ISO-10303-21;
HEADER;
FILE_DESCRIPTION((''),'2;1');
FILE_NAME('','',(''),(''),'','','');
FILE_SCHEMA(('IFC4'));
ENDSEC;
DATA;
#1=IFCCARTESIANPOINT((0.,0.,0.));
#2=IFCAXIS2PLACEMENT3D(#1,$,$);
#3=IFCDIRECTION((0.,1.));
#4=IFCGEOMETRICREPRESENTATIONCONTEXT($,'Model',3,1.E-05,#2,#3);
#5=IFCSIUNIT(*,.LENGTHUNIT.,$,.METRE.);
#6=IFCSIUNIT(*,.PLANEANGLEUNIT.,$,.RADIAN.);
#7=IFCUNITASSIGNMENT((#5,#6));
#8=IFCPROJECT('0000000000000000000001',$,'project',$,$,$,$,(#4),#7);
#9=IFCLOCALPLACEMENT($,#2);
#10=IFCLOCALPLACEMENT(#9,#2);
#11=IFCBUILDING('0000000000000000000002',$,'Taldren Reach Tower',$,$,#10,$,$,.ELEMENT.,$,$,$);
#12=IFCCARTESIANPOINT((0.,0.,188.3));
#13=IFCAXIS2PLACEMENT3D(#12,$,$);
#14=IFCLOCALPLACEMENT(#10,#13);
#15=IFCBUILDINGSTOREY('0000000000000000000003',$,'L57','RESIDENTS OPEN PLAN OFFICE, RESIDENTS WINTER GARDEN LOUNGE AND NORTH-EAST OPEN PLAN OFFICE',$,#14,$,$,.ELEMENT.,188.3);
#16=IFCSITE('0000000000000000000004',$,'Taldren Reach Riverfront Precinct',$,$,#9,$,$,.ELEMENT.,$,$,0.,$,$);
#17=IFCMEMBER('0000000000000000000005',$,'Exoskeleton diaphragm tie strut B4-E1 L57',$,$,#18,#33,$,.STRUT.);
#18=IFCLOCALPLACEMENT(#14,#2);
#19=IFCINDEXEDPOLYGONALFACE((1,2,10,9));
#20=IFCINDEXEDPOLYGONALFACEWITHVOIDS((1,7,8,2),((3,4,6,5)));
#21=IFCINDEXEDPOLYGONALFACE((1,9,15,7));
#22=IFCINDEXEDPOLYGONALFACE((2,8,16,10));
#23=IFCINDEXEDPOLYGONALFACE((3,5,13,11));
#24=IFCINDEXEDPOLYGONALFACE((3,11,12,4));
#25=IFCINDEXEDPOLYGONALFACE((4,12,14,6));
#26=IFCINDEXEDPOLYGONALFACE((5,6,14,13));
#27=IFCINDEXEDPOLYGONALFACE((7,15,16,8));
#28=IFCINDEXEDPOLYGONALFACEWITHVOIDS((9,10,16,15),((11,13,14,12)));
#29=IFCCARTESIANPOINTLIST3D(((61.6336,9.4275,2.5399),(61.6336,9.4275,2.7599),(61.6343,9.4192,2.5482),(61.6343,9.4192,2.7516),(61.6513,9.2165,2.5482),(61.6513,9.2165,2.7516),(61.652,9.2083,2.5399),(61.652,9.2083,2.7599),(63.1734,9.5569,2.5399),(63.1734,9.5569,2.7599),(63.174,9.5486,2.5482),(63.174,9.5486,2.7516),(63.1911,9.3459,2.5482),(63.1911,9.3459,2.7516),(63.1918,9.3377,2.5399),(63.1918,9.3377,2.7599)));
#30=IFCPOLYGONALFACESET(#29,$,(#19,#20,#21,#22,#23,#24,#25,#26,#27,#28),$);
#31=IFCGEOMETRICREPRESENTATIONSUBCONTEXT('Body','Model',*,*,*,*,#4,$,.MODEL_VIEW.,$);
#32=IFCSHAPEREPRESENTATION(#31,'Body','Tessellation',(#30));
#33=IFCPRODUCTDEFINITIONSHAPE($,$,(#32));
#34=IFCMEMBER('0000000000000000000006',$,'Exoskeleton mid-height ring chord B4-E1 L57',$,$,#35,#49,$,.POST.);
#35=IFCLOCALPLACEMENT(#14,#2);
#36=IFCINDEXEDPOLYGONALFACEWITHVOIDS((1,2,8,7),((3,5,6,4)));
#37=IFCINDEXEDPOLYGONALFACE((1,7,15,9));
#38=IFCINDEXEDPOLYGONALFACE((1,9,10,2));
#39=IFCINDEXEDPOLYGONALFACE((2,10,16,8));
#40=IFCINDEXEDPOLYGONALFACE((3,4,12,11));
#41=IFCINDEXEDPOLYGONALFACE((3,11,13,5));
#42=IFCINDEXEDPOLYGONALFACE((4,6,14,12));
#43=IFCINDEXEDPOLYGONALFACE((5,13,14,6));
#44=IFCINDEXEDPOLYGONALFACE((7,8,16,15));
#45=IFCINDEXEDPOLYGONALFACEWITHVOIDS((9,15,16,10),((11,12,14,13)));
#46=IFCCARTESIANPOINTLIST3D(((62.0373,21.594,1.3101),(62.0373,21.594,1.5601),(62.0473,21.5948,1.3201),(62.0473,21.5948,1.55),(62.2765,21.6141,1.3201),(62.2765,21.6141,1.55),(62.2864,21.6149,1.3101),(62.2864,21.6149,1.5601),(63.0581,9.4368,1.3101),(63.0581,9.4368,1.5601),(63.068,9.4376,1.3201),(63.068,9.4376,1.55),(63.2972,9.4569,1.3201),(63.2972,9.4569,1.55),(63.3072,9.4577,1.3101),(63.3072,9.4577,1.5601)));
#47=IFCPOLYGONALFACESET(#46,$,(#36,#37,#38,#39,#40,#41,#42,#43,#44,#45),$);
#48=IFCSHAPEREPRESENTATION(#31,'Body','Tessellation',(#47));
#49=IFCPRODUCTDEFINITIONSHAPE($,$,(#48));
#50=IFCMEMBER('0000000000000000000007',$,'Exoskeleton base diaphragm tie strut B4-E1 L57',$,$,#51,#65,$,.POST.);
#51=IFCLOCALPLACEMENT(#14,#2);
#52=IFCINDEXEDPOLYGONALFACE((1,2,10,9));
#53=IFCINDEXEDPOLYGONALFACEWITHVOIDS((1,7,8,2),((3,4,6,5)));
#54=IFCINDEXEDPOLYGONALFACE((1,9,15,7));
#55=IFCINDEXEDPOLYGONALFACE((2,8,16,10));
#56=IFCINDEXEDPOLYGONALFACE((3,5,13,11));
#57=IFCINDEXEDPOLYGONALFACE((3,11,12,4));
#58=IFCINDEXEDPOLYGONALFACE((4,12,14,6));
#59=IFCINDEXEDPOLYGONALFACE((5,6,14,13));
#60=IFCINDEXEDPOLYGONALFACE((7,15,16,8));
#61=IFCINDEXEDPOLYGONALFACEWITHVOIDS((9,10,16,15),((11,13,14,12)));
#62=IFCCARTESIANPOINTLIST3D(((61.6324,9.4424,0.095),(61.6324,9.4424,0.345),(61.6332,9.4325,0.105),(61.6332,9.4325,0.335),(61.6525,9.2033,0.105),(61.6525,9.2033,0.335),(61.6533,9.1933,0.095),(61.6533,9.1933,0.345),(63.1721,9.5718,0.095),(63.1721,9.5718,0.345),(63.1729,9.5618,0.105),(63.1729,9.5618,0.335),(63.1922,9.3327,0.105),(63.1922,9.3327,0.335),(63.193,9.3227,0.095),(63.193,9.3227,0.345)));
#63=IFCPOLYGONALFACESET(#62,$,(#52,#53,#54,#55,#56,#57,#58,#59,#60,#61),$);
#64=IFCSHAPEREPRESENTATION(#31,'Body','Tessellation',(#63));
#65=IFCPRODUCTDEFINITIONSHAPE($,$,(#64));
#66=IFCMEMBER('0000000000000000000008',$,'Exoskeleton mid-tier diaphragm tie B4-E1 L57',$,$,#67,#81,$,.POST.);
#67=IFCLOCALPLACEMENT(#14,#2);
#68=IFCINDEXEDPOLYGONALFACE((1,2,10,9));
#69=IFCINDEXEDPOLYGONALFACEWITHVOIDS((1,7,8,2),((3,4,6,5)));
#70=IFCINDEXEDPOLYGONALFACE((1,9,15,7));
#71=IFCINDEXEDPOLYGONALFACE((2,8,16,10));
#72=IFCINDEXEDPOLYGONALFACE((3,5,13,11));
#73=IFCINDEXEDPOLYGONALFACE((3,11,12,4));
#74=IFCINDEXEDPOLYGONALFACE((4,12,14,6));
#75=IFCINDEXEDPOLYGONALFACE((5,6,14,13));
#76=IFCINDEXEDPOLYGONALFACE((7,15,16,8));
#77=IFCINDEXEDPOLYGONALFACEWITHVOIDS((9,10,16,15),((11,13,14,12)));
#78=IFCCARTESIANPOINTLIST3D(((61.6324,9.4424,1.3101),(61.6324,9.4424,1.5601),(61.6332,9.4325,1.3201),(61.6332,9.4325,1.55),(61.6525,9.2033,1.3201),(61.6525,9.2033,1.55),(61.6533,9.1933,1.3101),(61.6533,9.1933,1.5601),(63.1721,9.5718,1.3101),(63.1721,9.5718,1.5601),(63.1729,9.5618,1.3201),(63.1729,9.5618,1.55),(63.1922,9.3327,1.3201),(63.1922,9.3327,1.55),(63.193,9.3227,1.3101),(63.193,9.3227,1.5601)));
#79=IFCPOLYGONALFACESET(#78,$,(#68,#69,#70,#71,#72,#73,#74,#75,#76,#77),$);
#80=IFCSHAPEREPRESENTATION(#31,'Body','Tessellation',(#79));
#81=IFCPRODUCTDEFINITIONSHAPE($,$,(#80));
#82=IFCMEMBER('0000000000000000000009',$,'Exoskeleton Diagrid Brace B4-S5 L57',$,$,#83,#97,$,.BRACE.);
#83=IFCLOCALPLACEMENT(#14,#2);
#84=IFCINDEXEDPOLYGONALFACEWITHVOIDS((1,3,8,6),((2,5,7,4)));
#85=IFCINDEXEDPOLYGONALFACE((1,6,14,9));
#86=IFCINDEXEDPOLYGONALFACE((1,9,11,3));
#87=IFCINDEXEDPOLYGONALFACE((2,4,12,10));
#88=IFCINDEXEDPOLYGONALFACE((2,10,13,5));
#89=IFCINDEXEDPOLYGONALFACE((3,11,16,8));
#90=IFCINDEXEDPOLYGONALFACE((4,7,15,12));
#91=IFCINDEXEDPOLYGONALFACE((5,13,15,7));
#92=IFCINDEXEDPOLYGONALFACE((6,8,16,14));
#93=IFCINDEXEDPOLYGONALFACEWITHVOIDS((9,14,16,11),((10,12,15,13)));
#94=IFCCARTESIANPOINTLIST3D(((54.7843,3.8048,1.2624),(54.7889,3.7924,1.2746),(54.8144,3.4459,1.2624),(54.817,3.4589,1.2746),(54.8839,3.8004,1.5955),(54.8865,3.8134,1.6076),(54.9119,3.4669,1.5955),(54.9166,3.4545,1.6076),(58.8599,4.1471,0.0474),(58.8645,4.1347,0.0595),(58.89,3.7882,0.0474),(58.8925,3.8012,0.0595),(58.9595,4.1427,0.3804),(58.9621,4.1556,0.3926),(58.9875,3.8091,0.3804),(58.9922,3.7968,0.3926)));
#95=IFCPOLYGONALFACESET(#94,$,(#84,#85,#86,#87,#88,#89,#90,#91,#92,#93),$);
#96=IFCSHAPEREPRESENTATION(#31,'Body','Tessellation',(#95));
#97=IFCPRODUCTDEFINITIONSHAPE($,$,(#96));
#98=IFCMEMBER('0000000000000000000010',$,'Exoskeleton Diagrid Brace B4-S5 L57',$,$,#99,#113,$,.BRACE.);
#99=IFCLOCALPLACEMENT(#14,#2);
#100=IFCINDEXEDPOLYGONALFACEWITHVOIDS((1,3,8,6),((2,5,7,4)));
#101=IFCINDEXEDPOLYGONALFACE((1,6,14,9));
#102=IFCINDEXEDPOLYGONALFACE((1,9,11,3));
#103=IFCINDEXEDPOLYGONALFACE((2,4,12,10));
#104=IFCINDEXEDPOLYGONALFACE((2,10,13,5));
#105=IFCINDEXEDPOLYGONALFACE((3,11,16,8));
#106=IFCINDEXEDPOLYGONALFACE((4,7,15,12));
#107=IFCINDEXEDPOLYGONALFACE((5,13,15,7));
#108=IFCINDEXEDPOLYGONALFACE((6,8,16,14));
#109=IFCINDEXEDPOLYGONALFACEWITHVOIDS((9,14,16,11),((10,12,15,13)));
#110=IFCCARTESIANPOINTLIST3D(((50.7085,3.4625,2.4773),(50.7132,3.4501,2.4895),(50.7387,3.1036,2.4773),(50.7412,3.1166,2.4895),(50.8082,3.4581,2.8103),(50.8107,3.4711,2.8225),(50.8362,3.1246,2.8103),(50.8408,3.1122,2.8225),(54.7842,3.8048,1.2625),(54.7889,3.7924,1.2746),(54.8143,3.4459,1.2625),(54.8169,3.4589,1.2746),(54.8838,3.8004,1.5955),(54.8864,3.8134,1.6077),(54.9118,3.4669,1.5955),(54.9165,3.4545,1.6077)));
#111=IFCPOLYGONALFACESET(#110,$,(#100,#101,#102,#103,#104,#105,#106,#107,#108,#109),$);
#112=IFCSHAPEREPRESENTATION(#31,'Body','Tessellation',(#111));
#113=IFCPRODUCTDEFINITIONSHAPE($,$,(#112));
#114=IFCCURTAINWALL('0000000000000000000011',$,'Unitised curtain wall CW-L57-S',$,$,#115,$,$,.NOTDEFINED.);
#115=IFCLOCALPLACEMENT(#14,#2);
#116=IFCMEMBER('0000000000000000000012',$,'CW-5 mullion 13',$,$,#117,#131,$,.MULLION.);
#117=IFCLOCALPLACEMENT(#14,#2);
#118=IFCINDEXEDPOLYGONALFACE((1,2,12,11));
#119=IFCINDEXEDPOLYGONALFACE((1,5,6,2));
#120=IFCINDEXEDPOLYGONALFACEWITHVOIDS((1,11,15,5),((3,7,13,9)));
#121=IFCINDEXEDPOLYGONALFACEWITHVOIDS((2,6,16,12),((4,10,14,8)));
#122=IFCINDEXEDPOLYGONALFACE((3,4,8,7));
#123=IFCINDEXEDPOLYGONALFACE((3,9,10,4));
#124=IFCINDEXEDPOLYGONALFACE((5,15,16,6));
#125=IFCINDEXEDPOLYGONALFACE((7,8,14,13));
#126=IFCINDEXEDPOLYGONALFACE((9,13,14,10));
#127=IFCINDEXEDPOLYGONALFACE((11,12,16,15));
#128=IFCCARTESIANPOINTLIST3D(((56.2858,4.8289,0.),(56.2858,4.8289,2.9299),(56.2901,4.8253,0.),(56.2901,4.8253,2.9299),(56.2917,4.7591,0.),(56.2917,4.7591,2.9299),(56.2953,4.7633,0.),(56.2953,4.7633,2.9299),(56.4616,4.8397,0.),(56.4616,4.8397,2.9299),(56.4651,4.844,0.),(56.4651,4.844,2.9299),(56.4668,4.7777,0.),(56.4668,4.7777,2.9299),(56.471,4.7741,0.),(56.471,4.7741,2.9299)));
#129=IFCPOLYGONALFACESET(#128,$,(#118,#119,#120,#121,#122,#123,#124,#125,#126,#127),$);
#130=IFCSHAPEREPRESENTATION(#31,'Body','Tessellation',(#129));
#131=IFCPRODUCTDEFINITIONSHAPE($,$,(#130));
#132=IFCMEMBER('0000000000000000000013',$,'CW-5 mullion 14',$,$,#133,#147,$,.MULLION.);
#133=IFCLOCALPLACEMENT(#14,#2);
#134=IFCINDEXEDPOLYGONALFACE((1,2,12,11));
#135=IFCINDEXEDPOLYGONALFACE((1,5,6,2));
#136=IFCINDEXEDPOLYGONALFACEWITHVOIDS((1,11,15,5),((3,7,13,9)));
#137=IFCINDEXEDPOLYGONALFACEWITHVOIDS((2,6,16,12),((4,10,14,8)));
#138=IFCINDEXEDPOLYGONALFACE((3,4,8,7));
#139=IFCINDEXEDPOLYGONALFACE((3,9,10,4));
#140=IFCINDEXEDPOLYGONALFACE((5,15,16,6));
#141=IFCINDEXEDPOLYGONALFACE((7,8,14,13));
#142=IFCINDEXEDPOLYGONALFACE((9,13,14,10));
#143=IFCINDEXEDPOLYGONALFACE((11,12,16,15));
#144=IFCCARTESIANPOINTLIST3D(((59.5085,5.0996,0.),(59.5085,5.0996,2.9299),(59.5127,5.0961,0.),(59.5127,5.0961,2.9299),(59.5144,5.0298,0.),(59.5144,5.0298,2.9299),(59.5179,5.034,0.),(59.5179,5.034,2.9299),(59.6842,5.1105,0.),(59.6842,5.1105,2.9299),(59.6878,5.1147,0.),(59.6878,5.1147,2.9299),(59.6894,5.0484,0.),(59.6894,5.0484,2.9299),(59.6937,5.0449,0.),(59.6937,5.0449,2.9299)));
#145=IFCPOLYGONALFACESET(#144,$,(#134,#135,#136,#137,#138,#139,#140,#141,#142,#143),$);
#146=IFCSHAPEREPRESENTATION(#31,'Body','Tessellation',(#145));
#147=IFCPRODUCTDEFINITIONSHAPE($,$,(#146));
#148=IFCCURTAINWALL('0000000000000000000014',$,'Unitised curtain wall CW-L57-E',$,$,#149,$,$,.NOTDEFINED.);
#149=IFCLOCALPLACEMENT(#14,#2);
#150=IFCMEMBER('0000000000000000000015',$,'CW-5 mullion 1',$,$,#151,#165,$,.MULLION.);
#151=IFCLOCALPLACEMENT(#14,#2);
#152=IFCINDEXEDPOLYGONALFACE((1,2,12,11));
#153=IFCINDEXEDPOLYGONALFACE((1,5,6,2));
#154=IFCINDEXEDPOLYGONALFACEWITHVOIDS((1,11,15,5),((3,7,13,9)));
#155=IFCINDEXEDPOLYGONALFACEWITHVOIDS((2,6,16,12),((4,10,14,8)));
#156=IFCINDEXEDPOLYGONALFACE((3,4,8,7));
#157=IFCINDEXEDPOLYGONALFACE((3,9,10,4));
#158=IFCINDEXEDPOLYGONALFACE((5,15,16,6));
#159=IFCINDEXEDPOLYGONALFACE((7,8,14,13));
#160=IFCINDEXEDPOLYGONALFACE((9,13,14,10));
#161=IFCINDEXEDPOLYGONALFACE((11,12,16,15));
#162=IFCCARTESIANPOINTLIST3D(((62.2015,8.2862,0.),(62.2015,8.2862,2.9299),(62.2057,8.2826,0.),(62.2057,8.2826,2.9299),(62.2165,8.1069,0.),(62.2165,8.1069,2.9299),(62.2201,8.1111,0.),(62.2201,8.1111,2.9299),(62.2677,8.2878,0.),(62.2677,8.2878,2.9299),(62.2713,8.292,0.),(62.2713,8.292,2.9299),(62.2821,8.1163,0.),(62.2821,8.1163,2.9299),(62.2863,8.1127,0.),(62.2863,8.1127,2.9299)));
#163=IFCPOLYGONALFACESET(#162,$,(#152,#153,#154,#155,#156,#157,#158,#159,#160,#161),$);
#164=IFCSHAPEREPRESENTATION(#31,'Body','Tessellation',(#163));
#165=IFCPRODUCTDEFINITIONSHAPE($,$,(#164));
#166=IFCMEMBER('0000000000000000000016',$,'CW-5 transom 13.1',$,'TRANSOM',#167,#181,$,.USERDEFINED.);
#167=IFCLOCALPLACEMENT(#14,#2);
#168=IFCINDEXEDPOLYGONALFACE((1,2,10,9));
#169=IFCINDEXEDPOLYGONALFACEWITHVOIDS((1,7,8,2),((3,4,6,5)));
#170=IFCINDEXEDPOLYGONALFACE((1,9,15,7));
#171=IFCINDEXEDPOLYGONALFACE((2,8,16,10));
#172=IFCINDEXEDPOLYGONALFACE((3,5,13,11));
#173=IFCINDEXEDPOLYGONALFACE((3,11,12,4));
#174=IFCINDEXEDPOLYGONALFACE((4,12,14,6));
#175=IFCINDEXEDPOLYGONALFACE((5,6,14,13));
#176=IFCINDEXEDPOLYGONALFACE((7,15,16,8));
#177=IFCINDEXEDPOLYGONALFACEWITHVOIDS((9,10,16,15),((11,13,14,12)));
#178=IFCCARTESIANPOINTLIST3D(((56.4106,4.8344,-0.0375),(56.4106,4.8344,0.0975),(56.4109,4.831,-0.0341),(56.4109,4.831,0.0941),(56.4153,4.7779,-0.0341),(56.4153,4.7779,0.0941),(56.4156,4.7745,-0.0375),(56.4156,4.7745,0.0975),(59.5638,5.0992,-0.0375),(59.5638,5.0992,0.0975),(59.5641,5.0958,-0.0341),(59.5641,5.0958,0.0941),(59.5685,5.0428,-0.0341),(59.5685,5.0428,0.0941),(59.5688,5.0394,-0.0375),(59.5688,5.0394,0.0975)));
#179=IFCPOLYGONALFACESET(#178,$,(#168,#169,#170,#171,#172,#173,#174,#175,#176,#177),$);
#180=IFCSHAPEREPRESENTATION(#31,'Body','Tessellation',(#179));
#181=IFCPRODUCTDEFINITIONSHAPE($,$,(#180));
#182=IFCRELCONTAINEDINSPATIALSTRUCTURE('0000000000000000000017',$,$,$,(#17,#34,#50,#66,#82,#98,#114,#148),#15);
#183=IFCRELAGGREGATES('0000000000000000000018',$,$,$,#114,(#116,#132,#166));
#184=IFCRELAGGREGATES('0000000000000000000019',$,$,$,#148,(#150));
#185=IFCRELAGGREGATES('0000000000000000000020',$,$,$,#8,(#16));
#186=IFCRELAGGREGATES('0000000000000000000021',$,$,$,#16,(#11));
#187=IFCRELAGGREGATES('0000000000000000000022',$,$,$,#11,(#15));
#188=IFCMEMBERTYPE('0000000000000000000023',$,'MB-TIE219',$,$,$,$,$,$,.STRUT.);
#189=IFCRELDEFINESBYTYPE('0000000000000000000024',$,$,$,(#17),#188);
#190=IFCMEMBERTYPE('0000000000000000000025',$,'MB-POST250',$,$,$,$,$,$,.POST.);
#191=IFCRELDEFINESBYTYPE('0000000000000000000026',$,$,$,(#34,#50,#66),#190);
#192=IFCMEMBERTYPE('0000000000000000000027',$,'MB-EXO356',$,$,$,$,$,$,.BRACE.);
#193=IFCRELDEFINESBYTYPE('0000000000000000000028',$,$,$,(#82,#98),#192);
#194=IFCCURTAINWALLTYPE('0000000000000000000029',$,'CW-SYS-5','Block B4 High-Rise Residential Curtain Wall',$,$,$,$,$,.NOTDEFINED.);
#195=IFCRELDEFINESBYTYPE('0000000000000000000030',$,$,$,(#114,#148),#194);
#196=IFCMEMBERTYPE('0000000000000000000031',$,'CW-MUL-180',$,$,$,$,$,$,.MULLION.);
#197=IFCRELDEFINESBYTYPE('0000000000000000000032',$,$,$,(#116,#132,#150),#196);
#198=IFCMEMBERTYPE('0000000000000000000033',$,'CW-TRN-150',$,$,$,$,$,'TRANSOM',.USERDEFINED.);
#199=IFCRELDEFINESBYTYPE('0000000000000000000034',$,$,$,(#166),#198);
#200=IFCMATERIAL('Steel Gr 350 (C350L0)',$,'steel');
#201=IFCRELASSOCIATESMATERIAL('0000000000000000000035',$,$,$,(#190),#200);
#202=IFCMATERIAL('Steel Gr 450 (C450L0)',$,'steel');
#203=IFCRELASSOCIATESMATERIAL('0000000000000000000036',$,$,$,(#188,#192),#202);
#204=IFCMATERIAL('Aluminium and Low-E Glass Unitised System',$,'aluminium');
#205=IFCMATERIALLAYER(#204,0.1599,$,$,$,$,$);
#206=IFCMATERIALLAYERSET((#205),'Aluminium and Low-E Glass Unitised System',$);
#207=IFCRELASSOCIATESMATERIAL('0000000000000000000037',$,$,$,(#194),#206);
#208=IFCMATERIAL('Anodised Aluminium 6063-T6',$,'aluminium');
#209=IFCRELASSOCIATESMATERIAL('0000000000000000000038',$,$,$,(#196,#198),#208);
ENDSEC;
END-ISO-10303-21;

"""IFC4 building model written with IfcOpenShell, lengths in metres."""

from ifc_helpers import new_model, si_unit, direction, frame, origin, origin_2d, place, context, subcontext, project, spatial, hollow_rectangle, extrude, source, transform, mapped, material, layer, layer_set, material_profile, profile_set, type_object, element, aggregate, save


model = new_model("IFC4")

# Units and contexts
model_context = context("Model", 3, precision=1e-05, world=origin(), true_north=direction((0.0, 1.0)))
body_context = subcontext(model_context, "Body", "Model", "MODEL_VIEW")
ifc_project = project(units=[si_unit("LENGTHUNIT", "METRE"), si_unit("PLANEANGLEUNIT", "RADIAN")], contexts=[model_context])

# Site, building, storey
site_placement = place(None, origin())
site = spatial("IfcSite", under=ifc_project, at=site_placement, Name="Taldren Reach Riverfront Precinct", CompositionType="ELEMENT", RefElevation=0.0)
building_placement = place(site_placement, origin())
building = spatial("IfcBuilding", under=site, at=building_placement, Name="Taldren Reach Tower", CompositionType="ELEMENT")
storey_placement = place(building_placement, frame((0.0, 0.0, 188.3)))
storey = spatial("IfcBuildingStorey", under=building, at=storey_placement, Name="L57", Description="RESIDENTS OPEN PLAN OFFICE, RESIDENTS WINTER GARDEN LOUNGE AND NORTH-EAST OPEN PLAN OFFICE", CompositionType="ELEMENT", Elevation=188.3)

# Shared definitions
ifc_material_1 = material(Name="Steel Gr 350 (C350L0)", Category="steel")

# Shared definitions
ifc_material_profile_1 = material_profile(ifc_material_1, hollow_rectangle(XDim=0.25, YDim=0.25, WallThickness=0.01, at=origin_2d()), Name="250x250x10.0SHS")
ifc_profile_set_1 = profile_set([ifc_material_profile_1], Name="Steel Gr 350 (C350L0)")
member_type_1 = type_object("IfcMemberType", Name="MB-POST250", PredefinedType="POST", material=ifc_profile_set_1)

# Members
ifc_material_2 = material(Name="Steel Gr 450 (C450L0)", Category="steel")
ifc_material_profile_2 = material_profile(ifc_material_2, hollow_rectangle(XDim=0.22, YDim=0.22, WallThickness=0.0083, at=origin_2d()), Name="220x220x8.2SHS")
ifc_profile_set_2 = profile_set([ifc_material_profile_2], Name="Steel Gr 450 (C450L0)")
member_type_2 = type_object("IfcMemberType", Name="MB-TIE219", PredefinedType="STRUT", material=ifc_profile_set_2)
shared_shape_1 = source(origin(), body_context, "Body", "SweptSolid", [
    extrude(hollow_rectangle(XDim=0.22, YDim=0.22, WallThickness=0.0083, at=origin_2d()), origin(), (0.0, 0.0, 1.0), 1.5452),
])
member_1_placement = place(storey_placement, frame((61.6428, 9.3179, 2.6499), z_axis=(0.996488, 0.083738, 0.0), x_axis=(-0.083738, 0.996488, 0.0)))
element("IfcMember", 1, at=member_1_placement, inside=storey, type_object=member_type_2, Name="Exoskeleton diaphragm tie strut B4-E1 L57", PredefinedType="STRUT", context=body_context, shape_type="MappedRepresentation", body=[
    mapped(shared_shape_1, transform((0.0, 0.0, 0.0), scale=1.0)),
])
shared_shape_2 = source(origin(), body_context, "Body", "SweptSolid", [
    extrude(hollow_rectangle(XDim=0.25, YDim=0.25, WallThickness=0.01, at=origin_2d()), origin(), (0.0, 0.0, 1.0), 12.2),
])
member_2_placement = place(storey_placement, frame((63.1826, 9.4473, 1.4351), z_axis=(-0.083668, 0.996494, 0.0), x_axis=(-0.996494, -0.083668, 0.0)))
element("IfcMember", 2, at=member_2_placement, inside=storey, type_object=member_type_1, Name="Exoskeleton mid-height ring chord B4-E1 L57", PredefinedType="POST", context=body_context, shape_type="MappedRepresentation", body=[
    mapped(shared_shape_2, transform((0.0, 0.0, 0.0), scale=1.0)),
])
shared_shape_3 = source(origin(), body_context, "Body", "SweptSolid", [
    extrude(hollow_rectangle(XDim=0.25, YDim=0.25, WallThickness=0.01, at=origin_2d()), origin(), (0.0, 0.0, 1.0), 1.5452),
])
for number, where, z_axis, x_axis, name in (
    (3, (61.6428, 9.3179, 0.22), (0.996488, 0.083738, 0.0), (-0.083738, 0.996488, 0.0), "Exoskeleton base diaphragm tie strut B4-E1 L57"),
    (4, (61.6428, 9.3179, 1.4351), (0.996488, 0.083738, 0.0), (-0.083738, 0.996488, 0.0), "Exoskeleton mid-tier diaphragm tie B4-E1 L57"),
):
    element("IfcMember", number, at=place(storey_placement, frame(where, z_axis=z_axis, x_axis=x_axis)), inside=storey, type_object=member_type_1, Name=name, PredefinedType="POST", context=body_context, shape_type="MappedRepresentation", body=[
        mapped(shared_shape_3, transform((0.0, 0.0, 0.0), scale=1.0)),
    ])
ifc_material_profile_3 = material_profile(ifc_material_2, hollow_rectangle(XDim=0.3601, YDim=0.3601, WallThickness=0.0127, at=origin_2d()), Name="360x360x12.7SHS")
ifc_profile_set_3 = profile_set([ifc_material_profile_3], Name="Steel Gr 450 (C450L0)")
member_type_3 = type_object("IfcMemberType", Name="MB-EXO356", PredefinedType="BRACE", material=ifc_profile_set_3)
shared_shape_4 = source(origin(), body_context, "Body", "SweptSolid", [
    extrude(hollow_rectangle(XDim=0.3601, YDim=0.3601, WallThickness=0.0127, at=origin_2d()), origin(), (0.0, 0.0, 1.0), 4.2666),
])
for number, where, z_axis, x_axis, name in (
    (5, (58.926, 3.9719, 0.22), (-0.955229, -0.080222, 0.284783), (0.083688, -0.996492, 0.0), "Exoskeleton Diagrid Brace B4-S5 L57"),
    (6, (54.8503, 3.6296, 1.4351), (-0.955245, -0.080224, 0.284731), (0.083688, -0.996492, 0.0), "Exoskeleton Diagrid Brace B4-S5 L57"),
):
    element("IfcMember", number, at=place(storey_placement, frame(where, z_axis=z_axis, x_axis=x_axis)), inside=storey, type_object=member_type_3, Name=name, PredefinedType="BRACE", context=body_context, shape_type="MappedRepresentation", body=[
        mapped(shared_shape_4, transform((0.0, 0.0, 0.0), scale=1.0)),
    ])

# Curtain wall, members
ifc_material_3 = material(Name="Aluminium and Low-E Glass Unitised System", Category="aluminium")
ifc_layer_1 = layer(ifc_material_3, 0.1599)
ifc_layer_set_1 = layer_set([ifc_layer_1], Name="Aluminium and Low-E Glass Unitised System")
curtain_wall_type = type_object("IfcCurtainWallType", Name="CW-SYS-5", Description="Block B4 High-Rise Residential Curtain Wall", PredefinedType="NOTDEFINED", material=ifc_layer_set_1)
curtain_wall_1_placement = place(storey_placement, origin())
curtain_wall_1 = element("IfcCurtainWall", 7, at=curtain_wall_1_placement, inside=storey, type_object=curtain_wall_type, Name="Unitised curtain wall CW-L57-S", PredefinedType="NOTDEFINED")
ifc_material_4 = material(Name="Anodised Aluminium 6063-T6", Category="aluminium")
ifc_material_profile_4 = material_profile(ifc_material_4, hollow_rectangle(XDim=0.0701, YDim=0.1799, WallThickness=0.0039, at=origin_2d()), Name="ALU-180x70x4RHS")
ifc_profile_set_4 = profile_set([ifc_material_profile_4], Name="Anodised Aluminium 6063-T6")
member_type_4 = type_object("IfcMemberType", Name="CW-MUL-180", PredefinedType="MULLION", material=ifc_profile_set_4)
shared_shape_5 = source(origin(), body_context, "Body", "SweptSolid", [
    extrude(hollow_rectangle(XDim=0.0701, YDim=0.1799, WallThickness=0.0039, at=origin_2d()), origin(), (0.0, 0.0, 1.0), 2.9299),
])
member_3_placement = place(storey_placement, frame((56.3784, 4.8015, 0.0), z_axis=(0.0, 0.0, 1.0), x_axis=(-0.083678, 0.996493, 0.0)))
member_3 = element("IfcMember", 8, at=member_3_placement, type_object=member_type_4, Name="CW-5 mullion 13", PredefinedType="MULLION", context=body_context, shape_type="MappedRepresentation", body=[
    mapped(shared_shape_5, transform((0.0, 0.0, 0.0), scale=1.0)),
])
member_4_placement = place(storey_placement, frame((59.6011, 5.0723, 0.0), z_axis=(0.0, 0.0, 1.0), x_axis=(-0.083678, 0.996493, 0.0)))
member_4 = element("IfcMember", 9, at=member_4_placement, type_object=member_type_4, Name="CW-5 mullion 14", PredefinedType="MULLION", context=body_context, shape_type="MappedRepresentation", body=[
    mapped(shared_shape_5, transform((0.0, 0.0, 0.0), scale=1.0)),
])

# Curtain wall, member
curtain_wall_2_placement = place(storey_placement, origin())
curtain_wall_2 = element("IfcCurtainWall", 10, at=curtain_wall_2_placement, inside=storey, type_object=curtain_wall_type, Name="Unitised curtain wall CW-L57-E", PredefinedType="NOTDEFINED")
member_5_placement = place(storey_placement, frame((62.2439, 8.1995, 0.0), z_axis=(0.0, 0.0, 1.0), x_axis=(-0.996493, -0.083678, 0.0)))
member_5 = element("IfcMember", 11, at=member_5_placement, type_object=member_type_4, Name="CW-5 mullion 1", PredefinedType="MULLION", context=body_context, shape_type="MappedRepresentation", body=[
    mapped(shared_shape_5, transform((0.0, 0.0, 0.0), scale=1.0)),
])

# Member
ifc_material_profile_5 = material_profile(ifc_material_4, hollow_rectangle(XDim=0.0601, YDim=0.135, WallThickness=0.0034, at=origin_2d()), Name="ALU-135x60x3.5RHS")
ifc_profile_set_5 = profile_set([ifc_material_profile_5], Name="Anodised Aluminium 6063-T6")
member_type_5 = type_object("IfcMemberType", Name="CW-TRN-150", ElementType="TRANSOM", PredefinedType="USERDEFINED", material=ifc_profile_set_5)
shared_shape_6 = source(origin(), body_context, "Body", "SweptSolid", [
    extrude(hollow_rectangle(XDim=0.0601, YDim=0.135, WallThickness=0.0034, at=origin_2d()), origin(), (0.0, 0.0, 1.0), 3.1643),
])
member_6_placement = place(storey_placement, frame((56.4131, 4.8044, 0.03), z_axis=(0.99649, 0.083709, 0.0), x_axis=(-0.083709, 0.99649, 0.0)))
member_6 = element("IfcMember", 12, at=member_6_placement, type_object=member_type_5, Name="CW-5 transom 13.1", ObjectType="TRANSOM", PredefinedType="USERDEFINED", context=body_context, shape_type="MappedRepresentation", body=[
    mapped(shared_shape_6, transform((0.0, 0.0, 0.0), scale=1.0)),
])

aggregate(curtain_wall_1, [member_3, member_4, member_6])
aggregate(curtain_wall_2, [member_5])

save(model, "model.ifc")
